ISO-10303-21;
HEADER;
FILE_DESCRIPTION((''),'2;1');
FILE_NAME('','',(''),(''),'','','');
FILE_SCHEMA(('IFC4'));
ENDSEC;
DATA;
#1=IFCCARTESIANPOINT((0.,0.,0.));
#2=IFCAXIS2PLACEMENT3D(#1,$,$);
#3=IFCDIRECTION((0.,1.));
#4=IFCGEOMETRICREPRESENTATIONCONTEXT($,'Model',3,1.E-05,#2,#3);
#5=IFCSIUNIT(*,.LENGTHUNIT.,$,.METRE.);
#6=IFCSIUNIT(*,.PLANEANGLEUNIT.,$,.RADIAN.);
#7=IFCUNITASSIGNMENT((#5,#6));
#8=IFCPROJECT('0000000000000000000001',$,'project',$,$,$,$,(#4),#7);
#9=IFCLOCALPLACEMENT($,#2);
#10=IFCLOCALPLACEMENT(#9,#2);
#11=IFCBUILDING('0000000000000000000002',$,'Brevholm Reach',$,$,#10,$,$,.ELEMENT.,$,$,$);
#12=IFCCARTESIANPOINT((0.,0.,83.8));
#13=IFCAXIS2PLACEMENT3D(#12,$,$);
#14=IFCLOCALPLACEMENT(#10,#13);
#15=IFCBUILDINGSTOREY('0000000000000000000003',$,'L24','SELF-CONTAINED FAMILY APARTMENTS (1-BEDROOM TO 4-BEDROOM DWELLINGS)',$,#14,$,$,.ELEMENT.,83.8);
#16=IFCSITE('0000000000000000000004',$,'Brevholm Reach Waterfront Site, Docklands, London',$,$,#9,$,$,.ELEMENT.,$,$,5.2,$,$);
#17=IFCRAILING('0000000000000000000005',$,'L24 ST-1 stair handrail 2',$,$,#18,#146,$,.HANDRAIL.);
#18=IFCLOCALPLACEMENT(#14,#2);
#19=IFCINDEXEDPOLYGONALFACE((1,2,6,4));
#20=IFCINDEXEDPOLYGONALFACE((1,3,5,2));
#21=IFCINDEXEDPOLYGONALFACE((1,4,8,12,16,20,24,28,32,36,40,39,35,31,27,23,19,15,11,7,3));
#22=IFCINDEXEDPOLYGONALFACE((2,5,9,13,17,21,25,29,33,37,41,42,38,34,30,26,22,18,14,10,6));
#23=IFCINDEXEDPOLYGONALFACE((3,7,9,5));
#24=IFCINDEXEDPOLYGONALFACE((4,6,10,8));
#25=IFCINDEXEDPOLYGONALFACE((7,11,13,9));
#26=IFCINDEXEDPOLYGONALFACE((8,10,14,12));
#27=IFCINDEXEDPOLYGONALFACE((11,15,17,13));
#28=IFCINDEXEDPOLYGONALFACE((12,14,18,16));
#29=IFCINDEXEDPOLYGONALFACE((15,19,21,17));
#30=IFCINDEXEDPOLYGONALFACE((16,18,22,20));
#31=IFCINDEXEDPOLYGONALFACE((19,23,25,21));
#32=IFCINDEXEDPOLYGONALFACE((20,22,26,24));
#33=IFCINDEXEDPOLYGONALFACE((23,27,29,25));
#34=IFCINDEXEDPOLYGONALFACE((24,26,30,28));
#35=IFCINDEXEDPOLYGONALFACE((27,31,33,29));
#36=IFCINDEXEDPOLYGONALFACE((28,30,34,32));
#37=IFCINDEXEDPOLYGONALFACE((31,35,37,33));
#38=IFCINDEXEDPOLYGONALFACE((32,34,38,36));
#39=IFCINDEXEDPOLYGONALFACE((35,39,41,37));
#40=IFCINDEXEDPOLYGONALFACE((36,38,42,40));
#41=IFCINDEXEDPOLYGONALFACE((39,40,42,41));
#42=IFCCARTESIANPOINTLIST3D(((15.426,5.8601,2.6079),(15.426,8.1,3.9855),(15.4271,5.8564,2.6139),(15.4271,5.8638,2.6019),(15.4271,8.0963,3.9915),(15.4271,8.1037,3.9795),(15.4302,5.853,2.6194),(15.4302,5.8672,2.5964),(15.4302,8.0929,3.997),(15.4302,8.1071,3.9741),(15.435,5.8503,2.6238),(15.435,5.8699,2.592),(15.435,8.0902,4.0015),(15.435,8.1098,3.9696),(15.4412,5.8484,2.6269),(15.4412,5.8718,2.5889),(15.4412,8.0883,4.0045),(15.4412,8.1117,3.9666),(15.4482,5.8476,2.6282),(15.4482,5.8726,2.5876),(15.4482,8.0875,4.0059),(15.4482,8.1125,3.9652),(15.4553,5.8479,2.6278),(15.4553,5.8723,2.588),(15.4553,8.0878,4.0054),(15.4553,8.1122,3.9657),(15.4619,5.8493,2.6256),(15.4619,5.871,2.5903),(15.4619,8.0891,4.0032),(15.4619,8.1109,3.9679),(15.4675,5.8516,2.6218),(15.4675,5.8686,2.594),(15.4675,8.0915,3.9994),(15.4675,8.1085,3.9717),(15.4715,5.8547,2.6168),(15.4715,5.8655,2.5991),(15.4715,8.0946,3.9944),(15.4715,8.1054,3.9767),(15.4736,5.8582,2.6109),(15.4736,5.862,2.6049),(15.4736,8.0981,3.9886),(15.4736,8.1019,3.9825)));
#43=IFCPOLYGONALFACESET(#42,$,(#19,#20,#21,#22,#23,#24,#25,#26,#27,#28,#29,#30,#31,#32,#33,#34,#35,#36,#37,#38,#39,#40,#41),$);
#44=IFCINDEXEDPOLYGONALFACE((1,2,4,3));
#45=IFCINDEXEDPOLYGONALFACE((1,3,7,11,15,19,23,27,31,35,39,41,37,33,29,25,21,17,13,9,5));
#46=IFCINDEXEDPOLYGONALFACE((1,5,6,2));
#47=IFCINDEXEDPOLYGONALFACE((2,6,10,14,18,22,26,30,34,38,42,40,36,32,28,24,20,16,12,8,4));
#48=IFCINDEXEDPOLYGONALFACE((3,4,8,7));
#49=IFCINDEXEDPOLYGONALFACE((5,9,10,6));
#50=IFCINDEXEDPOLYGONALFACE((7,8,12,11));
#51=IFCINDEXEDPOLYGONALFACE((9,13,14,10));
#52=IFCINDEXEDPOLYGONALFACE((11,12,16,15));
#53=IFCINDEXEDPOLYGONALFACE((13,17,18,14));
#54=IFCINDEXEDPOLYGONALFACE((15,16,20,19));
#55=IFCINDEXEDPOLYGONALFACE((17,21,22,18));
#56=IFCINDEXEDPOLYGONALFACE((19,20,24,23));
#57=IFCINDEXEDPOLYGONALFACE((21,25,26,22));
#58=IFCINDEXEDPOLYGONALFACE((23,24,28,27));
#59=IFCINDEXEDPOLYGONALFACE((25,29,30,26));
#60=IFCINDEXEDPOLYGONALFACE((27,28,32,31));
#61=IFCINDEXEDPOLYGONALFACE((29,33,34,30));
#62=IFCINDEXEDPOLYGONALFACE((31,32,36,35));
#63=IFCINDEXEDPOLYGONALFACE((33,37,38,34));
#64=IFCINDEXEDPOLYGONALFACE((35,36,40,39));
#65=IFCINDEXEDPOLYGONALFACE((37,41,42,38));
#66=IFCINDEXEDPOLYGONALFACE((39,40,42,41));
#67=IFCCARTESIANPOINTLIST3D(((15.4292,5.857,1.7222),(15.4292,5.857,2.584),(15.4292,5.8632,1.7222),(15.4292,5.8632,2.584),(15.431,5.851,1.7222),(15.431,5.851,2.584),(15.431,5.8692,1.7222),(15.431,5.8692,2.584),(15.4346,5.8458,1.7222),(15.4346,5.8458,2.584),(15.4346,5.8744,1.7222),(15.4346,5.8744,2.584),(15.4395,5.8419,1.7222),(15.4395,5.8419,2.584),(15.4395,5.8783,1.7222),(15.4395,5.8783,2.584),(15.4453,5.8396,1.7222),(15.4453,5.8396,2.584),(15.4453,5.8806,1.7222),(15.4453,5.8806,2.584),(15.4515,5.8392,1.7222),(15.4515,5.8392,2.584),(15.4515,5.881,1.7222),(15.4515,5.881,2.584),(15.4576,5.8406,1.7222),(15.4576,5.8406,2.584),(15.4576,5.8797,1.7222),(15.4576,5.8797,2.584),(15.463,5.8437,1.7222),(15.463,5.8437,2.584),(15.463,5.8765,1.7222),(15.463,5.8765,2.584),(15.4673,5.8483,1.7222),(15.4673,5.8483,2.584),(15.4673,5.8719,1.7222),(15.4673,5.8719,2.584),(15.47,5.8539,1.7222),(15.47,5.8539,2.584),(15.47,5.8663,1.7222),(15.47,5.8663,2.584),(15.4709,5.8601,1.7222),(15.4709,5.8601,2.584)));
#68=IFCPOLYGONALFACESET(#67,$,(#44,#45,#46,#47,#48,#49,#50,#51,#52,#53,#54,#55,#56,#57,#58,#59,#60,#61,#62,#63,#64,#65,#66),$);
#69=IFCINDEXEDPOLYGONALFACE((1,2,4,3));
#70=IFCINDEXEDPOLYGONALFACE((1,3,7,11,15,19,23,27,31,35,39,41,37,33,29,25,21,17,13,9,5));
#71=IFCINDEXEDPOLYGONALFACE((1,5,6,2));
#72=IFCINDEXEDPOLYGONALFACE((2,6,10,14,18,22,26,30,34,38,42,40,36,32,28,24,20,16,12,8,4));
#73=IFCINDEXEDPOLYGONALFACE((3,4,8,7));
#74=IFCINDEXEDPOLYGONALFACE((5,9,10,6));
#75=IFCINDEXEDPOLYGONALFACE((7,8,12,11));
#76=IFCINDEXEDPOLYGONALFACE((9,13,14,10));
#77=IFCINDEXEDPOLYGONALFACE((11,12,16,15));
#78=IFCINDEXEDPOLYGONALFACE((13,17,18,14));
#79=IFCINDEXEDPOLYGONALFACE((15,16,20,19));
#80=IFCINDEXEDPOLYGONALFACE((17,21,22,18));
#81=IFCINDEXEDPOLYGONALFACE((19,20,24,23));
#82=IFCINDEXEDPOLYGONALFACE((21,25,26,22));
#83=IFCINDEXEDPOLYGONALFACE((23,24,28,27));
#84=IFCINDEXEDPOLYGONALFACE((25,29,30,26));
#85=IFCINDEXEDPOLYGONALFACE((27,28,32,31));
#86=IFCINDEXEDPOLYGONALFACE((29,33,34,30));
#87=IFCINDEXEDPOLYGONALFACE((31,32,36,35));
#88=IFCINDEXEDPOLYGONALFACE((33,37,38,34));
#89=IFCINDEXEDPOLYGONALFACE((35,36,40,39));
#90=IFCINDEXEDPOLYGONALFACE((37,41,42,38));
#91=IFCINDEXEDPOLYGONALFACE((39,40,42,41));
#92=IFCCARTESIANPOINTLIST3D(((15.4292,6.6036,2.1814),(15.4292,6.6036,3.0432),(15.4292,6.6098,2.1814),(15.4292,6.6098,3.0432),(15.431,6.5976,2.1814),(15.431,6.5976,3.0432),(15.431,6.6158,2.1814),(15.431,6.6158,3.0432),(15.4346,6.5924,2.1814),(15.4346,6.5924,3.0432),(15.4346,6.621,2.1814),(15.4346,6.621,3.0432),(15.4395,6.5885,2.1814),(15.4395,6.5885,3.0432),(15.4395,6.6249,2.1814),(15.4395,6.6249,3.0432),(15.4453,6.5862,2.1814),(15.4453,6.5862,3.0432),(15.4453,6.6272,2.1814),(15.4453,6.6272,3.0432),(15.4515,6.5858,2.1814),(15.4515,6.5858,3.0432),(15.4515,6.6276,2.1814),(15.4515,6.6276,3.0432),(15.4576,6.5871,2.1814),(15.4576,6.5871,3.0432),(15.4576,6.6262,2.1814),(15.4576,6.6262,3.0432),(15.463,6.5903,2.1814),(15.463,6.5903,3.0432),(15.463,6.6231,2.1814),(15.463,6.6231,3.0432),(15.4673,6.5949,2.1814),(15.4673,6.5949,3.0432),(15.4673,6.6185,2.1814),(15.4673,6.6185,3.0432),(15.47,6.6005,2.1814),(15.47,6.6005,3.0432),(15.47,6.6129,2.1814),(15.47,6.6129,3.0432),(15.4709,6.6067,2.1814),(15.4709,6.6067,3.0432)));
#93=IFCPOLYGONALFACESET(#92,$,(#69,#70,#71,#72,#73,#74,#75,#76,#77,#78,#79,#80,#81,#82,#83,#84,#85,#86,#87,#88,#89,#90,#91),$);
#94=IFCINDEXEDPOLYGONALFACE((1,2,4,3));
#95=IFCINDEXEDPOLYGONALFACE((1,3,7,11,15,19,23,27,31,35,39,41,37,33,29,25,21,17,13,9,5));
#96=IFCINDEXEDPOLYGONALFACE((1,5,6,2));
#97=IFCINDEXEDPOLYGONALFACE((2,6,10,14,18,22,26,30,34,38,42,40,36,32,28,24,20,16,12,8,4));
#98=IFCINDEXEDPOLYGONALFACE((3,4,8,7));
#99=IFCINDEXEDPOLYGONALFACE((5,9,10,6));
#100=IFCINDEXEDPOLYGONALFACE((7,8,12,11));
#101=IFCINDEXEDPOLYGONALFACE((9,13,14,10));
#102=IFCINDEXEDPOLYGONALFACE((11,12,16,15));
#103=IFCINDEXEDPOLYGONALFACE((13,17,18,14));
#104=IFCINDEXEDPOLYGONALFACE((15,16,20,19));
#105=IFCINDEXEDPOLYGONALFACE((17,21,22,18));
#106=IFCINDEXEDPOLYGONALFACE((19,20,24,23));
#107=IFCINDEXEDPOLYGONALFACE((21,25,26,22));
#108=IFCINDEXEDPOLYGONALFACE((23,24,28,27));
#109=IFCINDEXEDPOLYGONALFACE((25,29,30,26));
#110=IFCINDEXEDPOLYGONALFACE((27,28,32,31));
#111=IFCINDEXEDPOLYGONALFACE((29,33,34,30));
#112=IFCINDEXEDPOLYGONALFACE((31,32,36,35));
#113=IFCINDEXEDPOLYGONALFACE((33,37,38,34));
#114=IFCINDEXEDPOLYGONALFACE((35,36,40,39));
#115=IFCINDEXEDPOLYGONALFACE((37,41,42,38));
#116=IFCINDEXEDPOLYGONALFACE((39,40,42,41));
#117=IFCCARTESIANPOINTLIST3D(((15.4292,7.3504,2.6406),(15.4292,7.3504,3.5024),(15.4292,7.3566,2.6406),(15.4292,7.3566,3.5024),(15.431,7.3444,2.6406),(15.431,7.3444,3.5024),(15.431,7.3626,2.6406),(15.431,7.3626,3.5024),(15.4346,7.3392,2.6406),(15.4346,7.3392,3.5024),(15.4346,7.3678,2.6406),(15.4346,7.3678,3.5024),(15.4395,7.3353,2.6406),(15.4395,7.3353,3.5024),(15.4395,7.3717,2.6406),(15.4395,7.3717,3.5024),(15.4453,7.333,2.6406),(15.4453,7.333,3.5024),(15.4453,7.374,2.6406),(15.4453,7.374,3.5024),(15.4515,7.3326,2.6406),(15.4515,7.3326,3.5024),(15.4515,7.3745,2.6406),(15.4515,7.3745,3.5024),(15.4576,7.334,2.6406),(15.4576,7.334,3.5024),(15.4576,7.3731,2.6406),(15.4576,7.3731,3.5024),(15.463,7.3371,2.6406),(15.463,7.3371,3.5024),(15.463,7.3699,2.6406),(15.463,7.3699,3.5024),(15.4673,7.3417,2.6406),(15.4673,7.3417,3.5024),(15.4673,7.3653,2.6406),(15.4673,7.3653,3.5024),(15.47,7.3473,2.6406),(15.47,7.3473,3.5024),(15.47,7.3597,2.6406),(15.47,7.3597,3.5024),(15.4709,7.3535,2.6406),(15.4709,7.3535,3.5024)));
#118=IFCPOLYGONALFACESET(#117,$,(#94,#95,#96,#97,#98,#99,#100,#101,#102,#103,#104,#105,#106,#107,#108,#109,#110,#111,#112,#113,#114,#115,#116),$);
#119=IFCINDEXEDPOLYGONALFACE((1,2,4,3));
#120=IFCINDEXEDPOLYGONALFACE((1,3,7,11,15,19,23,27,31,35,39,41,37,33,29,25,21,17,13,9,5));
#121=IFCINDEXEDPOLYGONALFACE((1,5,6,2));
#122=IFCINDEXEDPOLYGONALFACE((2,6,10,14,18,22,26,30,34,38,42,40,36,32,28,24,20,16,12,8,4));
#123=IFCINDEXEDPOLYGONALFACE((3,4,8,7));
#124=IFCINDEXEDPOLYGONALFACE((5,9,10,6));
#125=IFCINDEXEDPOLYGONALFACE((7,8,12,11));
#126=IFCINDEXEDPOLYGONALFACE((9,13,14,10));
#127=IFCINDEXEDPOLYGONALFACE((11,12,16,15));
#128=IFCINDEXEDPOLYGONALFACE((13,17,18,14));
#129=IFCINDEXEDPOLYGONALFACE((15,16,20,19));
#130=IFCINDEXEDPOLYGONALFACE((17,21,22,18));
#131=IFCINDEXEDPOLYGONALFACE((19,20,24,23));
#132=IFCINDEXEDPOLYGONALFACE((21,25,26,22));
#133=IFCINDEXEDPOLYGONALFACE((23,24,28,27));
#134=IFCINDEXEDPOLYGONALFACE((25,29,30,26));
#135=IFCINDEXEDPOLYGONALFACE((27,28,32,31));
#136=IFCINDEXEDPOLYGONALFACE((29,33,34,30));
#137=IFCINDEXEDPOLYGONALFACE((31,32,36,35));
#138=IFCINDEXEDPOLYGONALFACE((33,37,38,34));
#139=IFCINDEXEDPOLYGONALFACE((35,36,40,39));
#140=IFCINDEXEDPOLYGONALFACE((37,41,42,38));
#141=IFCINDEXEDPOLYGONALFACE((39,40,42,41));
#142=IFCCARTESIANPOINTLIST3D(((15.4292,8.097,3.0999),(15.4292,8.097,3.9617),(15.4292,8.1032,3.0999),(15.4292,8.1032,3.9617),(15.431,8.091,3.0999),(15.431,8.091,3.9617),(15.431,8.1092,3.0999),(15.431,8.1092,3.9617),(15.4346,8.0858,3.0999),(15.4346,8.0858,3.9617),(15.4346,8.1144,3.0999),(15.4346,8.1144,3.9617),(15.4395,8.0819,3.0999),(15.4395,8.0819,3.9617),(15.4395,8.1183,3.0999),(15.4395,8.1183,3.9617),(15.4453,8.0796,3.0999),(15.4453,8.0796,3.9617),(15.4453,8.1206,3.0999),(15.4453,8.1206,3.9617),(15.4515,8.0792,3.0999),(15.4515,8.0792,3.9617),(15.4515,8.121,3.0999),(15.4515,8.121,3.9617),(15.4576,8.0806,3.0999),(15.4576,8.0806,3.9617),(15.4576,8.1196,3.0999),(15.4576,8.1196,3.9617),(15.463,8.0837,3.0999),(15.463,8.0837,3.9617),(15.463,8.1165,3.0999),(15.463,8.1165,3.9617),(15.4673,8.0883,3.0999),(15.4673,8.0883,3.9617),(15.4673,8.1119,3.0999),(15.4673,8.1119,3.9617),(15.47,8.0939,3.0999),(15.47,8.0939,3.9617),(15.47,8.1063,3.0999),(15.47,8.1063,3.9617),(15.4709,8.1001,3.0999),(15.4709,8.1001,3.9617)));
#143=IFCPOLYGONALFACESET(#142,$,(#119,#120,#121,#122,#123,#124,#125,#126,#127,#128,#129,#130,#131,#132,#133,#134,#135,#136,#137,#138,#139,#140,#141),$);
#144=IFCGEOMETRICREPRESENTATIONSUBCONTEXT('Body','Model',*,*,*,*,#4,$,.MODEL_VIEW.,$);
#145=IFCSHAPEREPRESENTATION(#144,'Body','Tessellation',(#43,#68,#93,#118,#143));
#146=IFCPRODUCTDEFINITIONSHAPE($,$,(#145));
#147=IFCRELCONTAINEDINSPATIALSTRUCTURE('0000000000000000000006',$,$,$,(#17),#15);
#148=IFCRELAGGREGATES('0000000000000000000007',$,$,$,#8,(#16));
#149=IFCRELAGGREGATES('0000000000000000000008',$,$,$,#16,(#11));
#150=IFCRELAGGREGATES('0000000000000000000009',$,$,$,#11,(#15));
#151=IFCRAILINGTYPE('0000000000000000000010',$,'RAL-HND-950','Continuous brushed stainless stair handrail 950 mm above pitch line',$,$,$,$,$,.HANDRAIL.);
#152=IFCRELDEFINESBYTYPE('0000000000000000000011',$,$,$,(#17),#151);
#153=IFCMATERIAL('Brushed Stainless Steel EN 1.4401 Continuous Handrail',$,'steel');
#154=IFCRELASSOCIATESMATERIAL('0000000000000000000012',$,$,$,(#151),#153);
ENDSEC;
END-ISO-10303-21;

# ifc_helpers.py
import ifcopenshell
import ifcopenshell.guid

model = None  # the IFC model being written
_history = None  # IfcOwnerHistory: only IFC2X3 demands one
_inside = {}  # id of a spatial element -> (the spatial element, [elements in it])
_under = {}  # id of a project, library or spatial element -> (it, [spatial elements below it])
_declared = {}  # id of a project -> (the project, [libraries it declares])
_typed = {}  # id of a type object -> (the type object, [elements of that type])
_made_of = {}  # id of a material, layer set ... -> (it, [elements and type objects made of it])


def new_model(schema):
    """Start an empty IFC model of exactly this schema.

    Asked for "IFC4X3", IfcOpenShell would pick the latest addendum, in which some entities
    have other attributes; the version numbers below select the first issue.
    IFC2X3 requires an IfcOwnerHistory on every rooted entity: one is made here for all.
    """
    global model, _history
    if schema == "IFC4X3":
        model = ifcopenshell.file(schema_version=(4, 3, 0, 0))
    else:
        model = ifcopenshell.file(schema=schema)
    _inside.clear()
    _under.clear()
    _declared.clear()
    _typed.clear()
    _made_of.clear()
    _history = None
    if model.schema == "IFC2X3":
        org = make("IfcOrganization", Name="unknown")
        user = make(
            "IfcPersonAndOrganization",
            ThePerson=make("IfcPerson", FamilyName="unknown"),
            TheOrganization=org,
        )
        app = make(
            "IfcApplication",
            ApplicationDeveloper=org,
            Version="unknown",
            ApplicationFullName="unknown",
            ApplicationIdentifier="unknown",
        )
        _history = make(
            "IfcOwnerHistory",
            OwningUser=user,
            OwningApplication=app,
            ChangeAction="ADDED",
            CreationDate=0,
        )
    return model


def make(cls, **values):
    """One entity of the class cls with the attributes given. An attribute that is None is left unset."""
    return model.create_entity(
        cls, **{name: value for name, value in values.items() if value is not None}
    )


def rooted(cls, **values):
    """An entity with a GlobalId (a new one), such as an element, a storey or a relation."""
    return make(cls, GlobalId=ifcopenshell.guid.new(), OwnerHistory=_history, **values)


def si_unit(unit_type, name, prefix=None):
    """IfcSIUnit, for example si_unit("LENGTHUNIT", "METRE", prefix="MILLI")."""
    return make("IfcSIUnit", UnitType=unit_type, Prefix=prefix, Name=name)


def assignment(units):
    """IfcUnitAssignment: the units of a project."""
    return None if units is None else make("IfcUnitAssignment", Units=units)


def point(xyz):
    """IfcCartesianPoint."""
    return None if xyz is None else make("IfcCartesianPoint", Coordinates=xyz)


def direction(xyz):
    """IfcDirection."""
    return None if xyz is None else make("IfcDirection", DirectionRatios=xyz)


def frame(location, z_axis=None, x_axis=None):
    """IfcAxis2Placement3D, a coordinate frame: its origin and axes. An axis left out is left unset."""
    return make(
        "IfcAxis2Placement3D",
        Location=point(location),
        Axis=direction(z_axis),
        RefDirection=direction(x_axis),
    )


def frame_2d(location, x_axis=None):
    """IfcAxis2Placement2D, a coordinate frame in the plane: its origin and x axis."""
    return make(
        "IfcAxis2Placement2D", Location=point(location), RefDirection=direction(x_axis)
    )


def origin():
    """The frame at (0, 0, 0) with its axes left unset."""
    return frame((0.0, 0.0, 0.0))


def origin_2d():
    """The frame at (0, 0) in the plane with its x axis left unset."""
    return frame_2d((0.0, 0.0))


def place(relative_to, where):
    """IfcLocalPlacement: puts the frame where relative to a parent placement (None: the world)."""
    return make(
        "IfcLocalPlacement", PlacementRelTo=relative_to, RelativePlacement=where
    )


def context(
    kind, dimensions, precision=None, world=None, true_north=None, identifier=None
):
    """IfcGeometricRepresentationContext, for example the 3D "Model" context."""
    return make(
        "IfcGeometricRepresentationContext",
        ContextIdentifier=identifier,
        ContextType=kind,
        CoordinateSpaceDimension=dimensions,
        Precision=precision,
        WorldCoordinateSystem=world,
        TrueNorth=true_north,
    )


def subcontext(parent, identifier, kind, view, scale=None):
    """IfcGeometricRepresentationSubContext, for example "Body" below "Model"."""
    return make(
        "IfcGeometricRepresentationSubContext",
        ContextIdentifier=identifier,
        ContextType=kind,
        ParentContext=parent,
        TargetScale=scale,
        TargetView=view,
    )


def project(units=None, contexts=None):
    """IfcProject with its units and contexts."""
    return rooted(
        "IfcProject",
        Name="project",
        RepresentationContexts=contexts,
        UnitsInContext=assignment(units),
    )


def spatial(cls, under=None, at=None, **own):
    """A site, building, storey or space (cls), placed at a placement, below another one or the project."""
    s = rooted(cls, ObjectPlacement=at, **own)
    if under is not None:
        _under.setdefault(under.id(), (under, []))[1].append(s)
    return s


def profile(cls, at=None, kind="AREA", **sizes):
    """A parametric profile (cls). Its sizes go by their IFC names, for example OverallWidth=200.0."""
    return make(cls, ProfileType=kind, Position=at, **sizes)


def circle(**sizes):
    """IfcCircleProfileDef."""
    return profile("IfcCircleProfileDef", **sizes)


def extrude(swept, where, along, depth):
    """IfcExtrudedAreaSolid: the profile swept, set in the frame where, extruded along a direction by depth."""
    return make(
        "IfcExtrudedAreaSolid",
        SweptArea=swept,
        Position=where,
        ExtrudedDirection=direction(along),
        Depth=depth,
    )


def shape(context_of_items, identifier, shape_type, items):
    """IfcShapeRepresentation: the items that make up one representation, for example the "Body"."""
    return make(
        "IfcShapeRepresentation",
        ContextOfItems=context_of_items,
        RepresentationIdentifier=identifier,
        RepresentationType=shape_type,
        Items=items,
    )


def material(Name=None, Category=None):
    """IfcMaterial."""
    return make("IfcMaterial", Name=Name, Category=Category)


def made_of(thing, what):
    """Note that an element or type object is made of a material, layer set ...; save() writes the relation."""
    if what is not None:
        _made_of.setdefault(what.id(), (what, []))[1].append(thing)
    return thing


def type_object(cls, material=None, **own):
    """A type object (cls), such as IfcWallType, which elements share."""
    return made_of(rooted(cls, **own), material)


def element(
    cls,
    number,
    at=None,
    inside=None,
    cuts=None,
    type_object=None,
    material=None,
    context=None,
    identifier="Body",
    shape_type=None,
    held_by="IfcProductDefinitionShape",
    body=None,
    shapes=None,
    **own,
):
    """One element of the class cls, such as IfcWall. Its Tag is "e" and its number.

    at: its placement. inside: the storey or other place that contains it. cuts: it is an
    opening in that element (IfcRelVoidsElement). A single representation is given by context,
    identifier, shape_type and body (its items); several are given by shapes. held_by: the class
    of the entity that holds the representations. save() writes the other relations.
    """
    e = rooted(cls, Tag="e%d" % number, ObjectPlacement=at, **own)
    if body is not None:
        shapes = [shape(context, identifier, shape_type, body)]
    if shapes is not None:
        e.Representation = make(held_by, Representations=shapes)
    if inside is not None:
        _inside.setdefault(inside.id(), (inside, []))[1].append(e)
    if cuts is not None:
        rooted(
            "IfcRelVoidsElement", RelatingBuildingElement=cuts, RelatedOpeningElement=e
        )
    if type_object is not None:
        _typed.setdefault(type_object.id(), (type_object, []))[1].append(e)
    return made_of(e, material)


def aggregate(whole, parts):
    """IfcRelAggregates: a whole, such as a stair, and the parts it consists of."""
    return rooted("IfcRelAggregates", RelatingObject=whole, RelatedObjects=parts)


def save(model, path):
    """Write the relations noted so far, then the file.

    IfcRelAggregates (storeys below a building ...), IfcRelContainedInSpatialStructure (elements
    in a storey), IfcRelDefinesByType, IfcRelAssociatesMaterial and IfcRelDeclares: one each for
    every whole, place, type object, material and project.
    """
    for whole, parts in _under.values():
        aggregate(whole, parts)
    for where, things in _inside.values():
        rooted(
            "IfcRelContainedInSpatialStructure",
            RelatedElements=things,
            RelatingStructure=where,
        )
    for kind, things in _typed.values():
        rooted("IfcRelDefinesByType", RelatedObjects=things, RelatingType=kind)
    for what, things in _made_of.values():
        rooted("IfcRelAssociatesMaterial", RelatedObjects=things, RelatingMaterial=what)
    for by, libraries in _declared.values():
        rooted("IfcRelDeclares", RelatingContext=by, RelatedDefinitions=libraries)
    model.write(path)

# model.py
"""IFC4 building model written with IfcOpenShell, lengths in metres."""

from ifc_helpers import new_model, si_unit, direction, frame, origin, origin_2d, place, context, subcontext, project, spatial, circle, extrude, material, type_object, element, save


model = new_model("IFC4")

# Units and contexts
model_context = context("Model", 3, precision=1e-05, world=origin(), true_north=direction((0.0, 1.0)))
body_context = subcontext(model_context, "Body", "Model", "MODEL_VIEW")
ifc_project = project(units=[si_unit("LENGTHUNIT", "METRE"), si_unit("PLANEANGLEUNIT", "RADIAN")], contexts=[model_context])

# Site, building, storey
site_placement = place(None, origin())
site = spatial("IfcSite", under=ifc_project, at=site_placement, Name="Brevholm Reach Waterfront Site, Docklands, London", CompositionType="ELEMENT", RefElevation=5.2)
building_placement = place(site_placement, origin())
building = spatial("IfcBuilding", under=site, at=building_placement, Name="Brevholm Reach", CompositionType="ELEMENT")
storey_placement = place(building_placement, frame((0.0, 0.0, 83.8)))
storey = spatial("IfcBuildingStorey", under=building, at=storey_placement, Name="L24", Description="SELF-CONTAINED FAMILY APARTMENTS (1-BEDROOM TO 4-BEDROOM DWELLINGS)", CompositionType="ELEMENT", Elevation=83.8)

# Railing
ifc_material_1 = material(Name="Brushed Stainless Steel EN 1.4401 Continuous Handrail", Category="steel")
railing_type_1 = type_object("IfcRailingType", Name="RAL-HND-950", Description="Continuous brushed stainless stair handrail 950 mm above pitch line", PredefinedType="HANDRAIL", material=ifc_material_1)
railing_1_placement = place(storey_placement, frame((15.45, 5.8601, 1.7222)))
element("IfcRailing", 1, at=railing_1_placement, inside=storey, type_object=railing_type_1, Name="L24 ST-1 stair handrail 2", PredefinedType="HANDRAIL", context=body_context, shape_type="SweptSolid", body=[
    extrude(circle(Radius=0.0239, at=origin_2d()), frame((0.0, 0.0, 0.8857), z_axis=(0.0, 0.851789, 0.523885), x_axis=(-1.0, 0.0, 0.0)), (0.0, 0.0, 1.0), 2.6296),
    extrude(circle(Radius=0.021, at=origin_2d()), origin(), (0.0, 0.0, 1.0), 0.8618),
    extrude(circle(Radius=0.021, at=origin_2d()), frame((0.0, 0.7466, 0.4592)), (0.0, 0.0, 1.0), 0.8618),
    extrude(circle(Radius=0.021, at=origin_2d()), frame((0.0, 1.4934, 0.9185)), (0.0, 0.0, 1.0), 0.8618),
    extrude(circle(Radius=0.021, at=origin_2d()), frame((0.0, 2.24, 1.3777)), (0.0, 0.0, 1.0), 0.8618),
])

save(model, "model.ifc")
